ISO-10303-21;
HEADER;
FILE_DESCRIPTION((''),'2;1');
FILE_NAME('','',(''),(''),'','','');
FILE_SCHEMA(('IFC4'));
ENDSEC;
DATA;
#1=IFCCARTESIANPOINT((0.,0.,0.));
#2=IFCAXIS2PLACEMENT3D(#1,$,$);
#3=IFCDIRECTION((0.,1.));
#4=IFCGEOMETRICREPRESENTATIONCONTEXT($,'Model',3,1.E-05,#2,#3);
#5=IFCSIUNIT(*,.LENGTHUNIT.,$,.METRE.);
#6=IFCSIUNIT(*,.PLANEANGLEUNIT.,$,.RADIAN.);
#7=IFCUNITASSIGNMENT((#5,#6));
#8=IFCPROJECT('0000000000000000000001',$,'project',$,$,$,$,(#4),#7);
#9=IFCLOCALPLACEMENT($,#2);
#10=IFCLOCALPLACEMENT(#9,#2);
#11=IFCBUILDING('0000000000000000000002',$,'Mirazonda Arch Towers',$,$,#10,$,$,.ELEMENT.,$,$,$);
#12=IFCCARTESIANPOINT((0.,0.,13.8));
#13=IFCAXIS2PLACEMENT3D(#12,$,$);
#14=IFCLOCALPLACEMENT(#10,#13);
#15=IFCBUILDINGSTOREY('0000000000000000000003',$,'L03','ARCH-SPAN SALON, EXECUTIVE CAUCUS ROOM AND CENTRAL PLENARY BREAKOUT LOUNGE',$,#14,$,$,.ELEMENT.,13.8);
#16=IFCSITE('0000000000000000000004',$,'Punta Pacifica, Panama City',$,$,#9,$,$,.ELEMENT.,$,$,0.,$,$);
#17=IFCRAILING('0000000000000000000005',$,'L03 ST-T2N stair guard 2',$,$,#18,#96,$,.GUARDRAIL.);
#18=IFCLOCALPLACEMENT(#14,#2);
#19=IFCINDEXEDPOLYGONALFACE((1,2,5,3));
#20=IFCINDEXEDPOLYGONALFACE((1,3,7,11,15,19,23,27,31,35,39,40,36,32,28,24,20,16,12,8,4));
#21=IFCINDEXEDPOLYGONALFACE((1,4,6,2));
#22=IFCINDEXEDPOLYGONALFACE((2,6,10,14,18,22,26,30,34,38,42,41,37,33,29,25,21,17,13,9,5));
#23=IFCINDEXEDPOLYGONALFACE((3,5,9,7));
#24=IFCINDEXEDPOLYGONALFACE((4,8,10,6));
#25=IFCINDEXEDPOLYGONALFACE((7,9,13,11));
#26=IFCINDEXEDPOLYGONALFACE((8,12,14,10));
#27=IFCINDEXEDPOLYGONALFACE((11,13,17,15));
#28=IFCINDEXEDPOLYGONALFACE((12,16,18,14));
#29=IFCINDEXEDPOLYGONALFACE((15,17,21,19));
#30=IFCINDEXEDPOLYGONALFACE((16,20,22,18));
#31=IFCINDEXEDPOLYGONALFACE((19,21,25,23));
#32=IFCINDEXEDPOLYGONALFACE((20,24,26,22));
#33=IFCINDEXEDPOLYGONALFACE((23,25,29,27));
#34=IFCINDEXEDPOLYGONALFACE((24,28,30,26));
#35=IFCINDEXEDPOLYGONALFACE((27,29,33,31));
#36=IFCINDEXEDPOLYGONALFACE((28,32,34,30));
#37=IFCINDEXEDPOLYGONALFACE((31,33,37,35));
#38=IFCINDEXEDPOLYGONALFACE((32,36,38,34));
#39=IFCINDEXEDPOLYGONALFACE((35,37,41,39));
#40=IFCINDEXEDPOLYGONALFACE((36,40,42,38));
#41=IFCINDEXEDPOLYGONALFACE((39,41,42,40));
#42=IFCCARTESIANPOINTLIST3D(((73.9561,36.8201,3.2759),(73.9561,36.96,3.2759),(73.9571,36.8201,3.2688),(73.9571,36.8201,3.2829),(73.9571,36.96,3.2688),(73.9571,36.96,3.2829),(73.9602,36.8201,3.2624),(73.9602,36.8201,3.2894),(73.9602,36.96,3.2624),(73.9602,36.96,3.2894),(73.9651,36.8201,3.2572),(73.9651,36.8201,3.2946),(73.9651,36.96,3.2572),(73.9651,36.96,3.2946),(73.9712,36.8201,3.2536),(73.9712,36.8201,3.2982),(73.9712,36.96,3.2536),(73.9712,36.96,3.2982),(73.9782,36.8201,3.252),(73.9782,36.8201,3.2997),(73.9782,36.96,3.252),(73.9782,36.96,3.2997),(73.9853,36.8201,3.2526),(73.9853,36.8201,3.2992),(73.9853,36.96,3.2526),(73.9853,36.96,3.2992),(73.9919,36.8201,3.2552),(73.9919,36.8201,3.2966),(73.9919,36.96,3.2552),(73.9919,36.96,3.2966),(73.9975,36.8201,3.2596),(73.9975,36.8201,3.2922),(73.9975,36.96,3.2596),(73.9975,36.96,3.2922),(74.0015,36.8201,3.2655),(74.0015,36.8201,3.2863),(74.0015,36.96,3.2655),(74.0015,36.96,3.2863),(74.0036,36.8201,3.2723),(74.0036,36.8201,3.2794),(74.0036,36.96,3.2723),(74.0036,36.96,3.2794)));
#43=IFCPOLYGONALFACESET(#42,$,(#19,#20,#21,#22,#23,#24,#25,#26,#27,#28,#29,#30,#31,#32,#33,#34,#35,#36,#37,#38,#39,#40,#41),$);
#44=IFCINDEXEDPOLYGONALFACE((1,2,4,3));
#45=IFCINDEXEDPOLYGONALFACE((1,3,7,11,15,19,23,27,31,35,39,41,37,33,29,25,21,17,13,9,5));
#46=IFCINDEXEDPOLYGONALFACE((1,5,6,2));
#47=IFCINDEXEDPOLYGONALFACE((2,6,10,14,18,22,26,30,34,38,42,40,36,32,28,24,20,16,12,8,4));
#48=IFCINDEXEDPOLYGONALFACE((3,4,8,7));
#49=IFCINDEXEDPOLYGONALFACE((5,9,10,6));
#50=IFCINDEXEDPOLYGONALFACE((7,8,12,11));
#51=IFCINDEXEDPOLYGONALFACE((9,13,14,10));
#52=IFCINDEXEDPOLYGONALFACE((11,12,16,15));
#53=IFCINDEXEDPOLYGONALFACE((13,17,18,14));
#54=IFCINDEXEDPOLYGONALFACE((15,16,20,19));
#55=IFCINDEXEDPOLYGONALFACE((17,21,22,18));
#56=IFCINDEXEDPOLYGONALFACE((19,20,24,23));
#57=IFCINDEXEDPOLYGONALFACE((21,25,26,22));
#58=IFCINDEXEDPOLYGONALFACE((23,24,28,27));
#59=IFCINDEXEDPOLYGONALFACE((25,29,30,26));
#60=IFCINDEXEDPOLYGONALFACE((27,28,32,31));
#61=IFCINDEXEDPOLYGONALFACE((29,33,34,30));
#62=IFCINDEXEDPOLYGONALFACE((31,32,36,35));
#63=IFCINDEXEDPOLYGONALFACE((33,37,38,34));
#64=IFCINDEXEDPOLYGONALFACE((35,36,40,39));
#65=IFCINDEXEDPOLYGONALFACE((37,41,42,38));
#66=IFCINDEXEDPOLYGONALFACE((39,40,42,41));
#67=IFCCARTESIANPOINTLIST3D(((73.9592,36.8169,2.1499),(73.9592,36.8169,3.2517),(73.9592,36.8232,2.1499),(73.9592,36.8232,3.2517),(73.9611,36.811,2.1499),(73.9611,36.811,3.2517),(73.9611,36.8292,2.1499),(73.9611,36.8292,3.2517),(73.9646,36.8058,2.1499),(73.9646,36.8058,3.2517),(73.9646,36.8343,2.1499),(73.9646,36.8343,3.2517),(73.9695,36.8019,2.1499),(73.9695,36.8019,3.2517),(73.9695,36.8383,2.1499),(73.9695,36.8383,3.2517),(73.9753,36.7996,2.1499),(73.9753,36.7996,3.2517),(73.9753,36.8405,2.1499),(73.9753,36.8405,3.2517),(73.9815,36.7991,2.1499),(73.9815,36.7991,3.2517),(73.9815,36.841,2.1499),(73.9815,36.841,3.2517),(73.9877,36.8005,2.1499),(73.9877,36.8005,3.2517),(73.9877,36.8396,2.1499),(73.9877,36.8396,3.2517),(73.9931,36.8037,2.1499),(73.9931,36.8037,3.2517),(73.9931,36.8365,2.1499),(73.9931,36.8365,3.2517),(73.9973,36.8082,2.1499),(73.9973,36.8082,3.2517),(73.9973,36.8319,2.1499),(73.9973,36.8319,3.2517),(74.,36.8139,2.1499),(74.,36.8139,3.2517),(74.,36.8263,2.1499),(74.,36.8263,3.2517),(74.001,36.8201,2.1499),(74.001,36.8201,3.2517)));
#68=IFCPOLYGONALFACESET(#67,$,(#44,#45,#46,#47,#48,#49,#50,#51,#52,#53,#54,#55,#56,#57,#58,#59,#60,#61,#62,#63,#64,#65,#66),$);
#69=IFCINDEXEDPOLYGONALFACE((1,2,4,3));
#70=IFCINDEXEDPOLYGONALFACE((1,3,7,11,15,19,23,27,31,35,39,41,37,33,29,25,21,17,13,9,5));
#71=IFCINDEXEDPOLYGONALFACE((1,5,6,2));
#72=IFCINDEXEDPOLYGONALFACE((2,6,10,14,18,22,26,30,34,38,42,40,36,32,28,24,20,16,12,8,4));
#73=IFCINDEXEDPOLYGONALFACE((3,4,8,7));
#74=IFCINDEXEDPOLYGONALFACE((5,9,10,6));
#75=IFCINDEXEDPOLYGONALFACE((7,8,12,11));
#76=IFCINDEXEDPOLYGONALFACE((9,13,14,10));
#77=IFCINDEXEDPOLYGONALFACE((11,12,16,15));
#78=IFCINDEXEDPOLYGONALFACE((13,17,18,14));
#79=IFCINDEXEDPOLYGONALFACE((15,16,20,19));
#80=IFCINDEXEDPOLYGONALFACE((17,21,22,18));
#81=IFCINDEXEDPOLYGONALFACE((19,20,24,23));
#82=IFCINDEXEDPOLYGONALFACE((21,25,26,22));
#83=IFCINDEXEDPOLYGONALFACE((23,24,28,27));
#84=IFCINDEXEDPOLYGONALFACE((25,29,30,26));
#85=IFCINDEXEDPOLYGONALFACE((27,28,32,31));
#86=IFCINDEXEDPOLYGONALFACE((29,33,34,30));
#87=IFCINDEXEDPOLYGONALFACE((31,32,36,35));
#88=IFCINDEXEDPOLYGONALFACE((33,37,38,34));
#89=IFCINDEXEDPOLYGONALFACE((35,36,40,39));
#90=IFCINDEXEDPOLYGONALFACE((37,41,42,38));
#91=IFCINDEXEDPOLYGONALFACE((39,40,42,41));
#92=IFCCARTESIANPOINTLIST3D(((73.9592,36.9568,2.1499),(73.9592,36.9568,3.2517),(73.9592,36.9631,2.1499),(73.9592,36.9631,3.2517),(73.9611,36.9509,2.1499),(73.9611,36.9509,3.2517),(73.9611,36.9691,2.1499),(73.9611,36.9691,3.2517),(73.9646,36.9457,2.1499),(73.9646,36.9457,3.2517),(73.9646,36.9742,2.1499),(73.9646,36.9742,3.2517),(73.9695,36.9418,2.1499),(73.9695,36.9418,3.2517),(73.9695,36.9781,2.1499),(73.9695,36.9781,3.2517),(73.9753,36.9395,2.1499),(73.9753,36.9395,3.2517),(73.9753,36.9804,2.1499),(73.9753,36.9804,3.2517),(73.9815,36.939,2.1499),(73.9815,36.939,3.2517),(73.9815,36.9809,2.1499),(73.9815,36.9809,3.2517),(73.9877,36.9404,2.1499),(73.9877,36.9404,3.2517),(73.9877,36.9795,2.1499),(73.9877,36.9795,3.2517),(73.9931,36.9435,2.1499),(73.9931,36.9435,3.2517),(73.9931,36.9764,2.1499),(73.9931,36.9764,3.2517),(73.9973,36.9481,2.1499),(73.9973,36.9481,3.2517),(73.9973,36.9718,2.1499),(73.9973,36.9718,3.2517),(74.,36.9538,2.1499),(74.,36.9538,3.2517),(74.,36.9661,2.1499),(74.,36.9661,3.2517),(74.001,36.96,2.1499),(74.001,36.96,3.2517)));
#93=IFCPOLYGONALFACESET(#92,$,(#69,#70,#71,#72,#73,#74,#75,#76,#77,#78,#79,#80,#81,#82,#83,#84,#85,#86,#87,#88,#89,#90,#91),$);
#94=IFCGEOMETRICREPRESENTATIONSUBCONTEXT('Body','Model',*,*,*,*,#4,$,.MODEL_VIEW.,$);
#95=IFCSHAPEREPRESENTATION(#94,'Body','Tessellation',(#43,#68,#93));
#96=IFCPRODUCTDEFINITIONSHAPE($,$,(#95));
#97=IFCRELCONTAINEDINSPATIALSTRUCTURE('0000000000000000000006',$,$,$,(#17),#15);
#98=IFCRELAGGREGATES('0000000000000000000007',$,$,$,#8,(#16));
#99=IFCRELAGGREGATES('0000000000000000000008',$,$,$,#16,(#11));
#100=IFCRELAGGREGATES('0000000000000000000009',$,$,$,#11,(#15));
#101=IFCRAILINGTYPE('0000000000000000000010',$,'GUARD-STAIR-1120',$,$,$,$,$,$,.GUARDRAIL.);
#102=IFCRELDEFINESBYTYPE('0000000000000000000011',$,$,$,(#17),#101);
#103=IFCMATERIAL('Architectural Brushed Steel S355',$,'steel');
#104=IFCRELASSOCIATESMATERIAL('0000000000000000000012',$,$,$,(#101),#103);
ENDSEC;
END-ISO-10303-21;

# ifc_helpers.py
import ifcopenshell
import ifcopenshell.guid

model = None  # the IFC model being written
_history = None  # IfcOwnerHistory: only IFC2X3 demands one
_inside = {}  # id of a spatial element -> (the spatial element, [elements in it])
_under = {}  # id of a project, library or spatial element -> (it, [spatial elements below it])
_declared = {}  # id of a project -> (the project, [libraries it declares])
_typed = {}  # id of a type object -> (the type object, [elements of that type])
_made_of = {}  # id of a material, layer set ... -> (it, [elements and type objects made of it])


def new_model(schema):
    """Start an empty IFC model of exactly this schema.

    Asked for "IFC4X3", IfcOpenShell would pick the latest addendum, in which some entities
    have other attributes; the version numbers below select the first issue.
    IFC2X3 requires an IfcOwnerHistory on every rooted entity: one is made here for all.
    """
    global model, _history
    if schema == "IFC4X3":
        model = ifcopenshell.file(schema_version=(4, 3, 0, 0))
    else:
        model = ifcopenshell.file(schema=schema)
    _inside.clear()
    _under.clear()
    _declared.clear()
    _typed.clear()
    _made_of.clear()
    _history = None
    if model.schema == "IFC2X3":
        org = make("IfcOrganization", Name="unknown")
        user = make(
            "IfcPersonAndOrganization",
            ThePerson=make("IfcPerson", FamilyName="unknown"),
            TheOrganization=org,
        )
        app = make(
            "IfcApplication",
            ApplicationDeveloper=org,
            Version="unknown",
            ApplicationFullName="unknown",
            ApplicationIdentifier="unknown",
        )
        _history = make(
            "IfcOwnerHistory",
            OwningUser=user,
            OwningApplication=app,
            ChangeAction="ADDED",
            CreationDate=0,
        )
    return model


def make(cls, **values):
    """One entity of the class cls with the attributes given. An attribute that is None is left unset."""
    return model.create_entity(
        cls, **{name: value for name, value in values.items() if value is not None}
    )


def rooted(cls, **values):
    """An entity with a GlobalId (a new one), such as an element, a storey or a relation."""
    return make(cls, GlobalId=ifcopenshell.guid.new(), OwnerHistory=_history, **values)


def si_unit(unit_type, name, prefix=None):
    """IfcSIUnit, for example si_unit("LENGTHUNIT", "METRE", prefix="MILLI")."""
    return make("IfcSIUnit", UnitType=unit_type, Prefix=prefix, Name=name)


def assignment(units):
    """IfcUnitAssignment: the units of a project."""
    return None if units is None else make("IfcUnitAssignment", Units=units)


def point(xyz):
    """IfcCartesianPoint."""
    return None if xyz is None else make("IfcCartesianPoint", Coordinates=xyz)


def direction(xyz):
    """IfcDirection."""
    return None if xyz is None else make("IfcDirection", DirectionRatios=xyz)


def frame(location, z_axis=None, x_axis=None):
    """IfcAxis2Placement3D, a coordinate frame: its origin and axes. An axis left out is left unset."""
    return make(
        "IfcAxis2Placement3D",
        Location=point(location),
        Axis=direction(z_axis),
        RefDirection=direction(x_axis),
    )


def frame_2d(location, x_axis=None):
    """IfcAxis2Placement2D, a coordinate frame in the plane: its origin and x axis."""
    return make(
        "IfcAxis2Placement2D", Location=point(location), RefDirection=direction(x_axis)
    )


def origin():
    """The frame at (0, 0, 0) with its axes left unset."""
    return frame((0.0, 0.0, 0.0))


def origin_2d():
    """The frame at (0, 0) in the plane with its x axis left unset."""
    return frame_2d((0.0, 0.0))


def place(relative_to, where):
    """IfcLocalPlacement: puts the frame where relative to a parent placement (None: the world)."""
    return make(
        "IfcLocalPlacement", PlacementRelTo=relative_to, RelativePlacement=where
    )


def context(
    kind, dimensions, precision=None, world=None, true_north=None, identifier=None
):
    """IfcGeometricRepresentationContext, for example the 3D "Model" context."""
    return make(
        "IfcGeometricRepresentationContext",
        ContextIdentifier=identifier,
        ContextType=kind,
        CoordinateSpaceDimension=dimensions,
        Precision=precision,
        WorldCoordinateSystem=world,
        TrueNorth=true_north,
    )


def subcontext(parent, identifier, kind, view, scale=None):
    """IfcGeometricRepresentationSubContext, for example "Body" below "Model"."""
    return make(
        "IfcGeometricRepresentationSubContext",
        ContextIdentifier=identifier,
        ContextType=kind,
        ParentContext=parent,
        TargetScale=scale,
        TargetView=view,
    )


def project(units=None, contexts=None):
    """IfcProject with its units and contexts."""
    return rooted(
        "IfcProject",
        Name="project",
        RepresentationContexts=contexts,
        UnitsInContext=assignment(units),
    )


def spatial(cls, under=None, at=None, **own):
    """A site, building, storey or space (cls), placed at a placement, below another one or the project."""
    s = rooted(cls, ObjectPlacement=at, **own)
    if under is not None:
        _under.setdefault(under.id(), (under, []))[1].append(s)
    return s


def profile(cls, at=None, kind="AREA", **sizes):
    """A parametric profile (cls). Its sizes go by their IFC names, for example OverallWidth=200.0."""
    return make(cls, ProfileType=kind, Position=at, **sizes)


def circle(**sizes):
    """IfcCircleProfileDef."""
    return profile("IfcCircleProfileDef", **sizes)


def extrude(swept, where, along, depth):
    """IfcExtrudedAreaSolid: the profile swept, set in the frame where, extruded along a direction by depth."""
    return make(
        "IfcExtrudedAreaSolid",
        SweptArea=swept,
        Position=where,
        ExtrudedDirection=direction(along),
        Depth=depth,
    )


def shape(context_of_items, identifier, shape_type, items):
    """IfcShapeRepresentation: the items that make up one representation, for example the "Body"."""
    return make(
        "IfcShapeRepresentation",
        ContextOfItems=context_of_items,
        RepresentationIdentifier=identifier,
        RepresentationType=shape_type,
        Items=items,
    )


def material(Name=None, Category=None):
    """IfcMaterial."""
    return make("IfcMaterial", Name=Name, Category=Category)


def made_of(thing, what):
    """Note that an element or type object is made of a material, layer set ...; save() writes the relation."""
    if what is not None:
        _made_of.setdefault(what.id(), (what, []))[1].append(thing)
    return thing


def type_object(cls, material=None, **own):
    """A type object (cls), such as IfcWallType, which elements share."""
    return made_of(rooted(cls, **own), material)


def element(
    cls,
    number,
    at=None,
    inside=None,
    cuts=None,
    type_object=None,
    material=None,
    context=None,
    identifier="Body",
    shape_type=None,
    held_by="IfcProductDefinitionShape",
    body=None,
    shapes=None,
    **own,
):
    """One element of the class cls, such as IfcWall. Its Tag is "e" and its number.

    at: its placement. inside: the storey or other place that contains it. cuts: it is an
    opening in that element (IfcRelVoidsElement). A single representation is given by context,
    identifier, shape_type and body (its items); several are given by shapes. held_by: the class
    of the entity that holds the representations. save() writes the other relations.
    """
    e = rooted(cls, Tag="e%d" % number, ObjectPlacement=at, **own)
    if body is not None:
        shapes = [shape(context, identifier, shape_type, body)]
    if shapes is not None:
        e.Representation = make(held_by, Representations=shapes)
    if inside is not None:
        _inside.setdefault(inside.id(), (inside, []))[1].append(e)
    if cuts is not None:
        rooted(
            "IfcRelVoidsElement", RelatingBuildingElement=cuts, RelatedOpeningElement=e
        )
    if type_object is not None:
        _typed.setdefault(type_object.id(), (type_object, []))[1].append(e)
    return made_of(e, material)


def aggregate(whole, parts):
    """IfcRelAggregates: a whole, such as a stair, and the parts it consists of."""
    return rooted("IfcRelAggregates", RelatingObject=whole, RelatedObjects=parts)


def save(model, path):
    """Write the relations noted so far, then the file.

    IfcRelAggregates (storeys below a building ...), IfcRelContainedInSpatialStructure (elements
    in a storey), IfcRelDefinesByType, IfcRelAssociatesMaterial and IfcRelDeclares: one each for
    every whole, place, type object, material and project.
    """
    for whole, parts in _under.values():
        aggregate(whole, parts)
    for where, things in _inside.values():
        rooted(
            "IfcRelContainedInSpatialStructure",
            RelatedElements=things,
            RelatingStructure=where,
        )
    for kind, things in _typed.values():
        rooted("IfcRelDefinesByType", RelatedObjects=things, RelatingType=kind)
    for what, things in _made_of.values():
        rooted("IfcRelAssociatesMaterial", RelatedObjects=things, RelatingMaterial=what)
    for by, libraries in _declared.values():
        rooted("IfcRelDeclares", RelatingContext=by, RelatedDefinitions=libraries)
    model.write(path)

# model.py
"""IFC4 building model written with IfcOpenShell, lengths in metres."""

from ifc_helpers import new_model, si_unit, direction, frame, origin, origin_2d, place, context, subcontext, project, spatial, circle, extrude, material, type_object, element, save


model = new_model("IFC4")

# Units and contexts
model_context = context("Model", 3, precision=1e-05, world=origin(), true_north=direction((0.0, 1.0)))
body_context = subcontext(model_context, "Body", "Model", "MODEL_VIEW")
ifc_project = project(units=[si_unit("LENGTHUNIT", "METRE"), si_unit("PLANEANGLEUNIT", "RADIAN")], contexts=[model_context])

# Site, building, storey
site_placement = place(None, origin())
site = spatial("IfcSite", under=ifc_project, at=site_placement, Name="Punta Pacifica, Panama City", CompositionType="ELEMENT", RefElevation=0.0)
building_placement = place(site_placement, origin())
building = spatial("IfcBuilding", under=site, at=building_placement, Name="Mirazonda Arch Towers", CompositionType="ELEMENT")
storey_placement = place(building_placement, frame((0.0, 0.0, 13.8)))
storey = spatial("IfcBuildingStorey", under=building, at=storey_placement, Name="L03", Description="ARCH-SPAN SALON, EXECUTIVE CAUCUS ROOM AND CENTRAL PLENARY BREAKOUT LOUNGE", CompositionType="ELEMENT", Elevation=13.8)

# Shared definitions
ifc_material_1 = material(Name="Architectural Brushed Steel S355", Category="steel")

# Railing
railing_type = type_object("IfcRailingType", Name="GUARD-STAIR-1120", PredefinedType="GUARDRAIL", material=ifc_material_1)
railing_1_placement = place(storey_placement, frame((73.98, 36.8201, 2.1499)))
element("IfcRailing", 1, at=railing_1_placement, inside=storey, type_object=railing_type, Name="L03 ST-T2N stair guard 2", PredefinedType="GUARDRAIL", context=body_context, shape_type="SweptSolid", body=[
    extrude(circle(Radius=0.0239, at=origin_2d()), frame((0.0, 0.0, 1.126), z_axis=(0.0, 1.0, 0.0), x_axis=(-1.0, 0.0, 0.0)), (0.0, 0.0, 1.0), 0.1399),
    extrude(circle(Radius=0.021, at=origin_2d()), origin(), (0.0, 0.0, 1.0), 1.1018),
    extrude(circle(Radius=0.021, at=origin_2d()), frame((0.0, 0.1399, 0.0)), (0.0, 0.0, 1.0), 1.1018),
])

save(model, "model.ifc")
